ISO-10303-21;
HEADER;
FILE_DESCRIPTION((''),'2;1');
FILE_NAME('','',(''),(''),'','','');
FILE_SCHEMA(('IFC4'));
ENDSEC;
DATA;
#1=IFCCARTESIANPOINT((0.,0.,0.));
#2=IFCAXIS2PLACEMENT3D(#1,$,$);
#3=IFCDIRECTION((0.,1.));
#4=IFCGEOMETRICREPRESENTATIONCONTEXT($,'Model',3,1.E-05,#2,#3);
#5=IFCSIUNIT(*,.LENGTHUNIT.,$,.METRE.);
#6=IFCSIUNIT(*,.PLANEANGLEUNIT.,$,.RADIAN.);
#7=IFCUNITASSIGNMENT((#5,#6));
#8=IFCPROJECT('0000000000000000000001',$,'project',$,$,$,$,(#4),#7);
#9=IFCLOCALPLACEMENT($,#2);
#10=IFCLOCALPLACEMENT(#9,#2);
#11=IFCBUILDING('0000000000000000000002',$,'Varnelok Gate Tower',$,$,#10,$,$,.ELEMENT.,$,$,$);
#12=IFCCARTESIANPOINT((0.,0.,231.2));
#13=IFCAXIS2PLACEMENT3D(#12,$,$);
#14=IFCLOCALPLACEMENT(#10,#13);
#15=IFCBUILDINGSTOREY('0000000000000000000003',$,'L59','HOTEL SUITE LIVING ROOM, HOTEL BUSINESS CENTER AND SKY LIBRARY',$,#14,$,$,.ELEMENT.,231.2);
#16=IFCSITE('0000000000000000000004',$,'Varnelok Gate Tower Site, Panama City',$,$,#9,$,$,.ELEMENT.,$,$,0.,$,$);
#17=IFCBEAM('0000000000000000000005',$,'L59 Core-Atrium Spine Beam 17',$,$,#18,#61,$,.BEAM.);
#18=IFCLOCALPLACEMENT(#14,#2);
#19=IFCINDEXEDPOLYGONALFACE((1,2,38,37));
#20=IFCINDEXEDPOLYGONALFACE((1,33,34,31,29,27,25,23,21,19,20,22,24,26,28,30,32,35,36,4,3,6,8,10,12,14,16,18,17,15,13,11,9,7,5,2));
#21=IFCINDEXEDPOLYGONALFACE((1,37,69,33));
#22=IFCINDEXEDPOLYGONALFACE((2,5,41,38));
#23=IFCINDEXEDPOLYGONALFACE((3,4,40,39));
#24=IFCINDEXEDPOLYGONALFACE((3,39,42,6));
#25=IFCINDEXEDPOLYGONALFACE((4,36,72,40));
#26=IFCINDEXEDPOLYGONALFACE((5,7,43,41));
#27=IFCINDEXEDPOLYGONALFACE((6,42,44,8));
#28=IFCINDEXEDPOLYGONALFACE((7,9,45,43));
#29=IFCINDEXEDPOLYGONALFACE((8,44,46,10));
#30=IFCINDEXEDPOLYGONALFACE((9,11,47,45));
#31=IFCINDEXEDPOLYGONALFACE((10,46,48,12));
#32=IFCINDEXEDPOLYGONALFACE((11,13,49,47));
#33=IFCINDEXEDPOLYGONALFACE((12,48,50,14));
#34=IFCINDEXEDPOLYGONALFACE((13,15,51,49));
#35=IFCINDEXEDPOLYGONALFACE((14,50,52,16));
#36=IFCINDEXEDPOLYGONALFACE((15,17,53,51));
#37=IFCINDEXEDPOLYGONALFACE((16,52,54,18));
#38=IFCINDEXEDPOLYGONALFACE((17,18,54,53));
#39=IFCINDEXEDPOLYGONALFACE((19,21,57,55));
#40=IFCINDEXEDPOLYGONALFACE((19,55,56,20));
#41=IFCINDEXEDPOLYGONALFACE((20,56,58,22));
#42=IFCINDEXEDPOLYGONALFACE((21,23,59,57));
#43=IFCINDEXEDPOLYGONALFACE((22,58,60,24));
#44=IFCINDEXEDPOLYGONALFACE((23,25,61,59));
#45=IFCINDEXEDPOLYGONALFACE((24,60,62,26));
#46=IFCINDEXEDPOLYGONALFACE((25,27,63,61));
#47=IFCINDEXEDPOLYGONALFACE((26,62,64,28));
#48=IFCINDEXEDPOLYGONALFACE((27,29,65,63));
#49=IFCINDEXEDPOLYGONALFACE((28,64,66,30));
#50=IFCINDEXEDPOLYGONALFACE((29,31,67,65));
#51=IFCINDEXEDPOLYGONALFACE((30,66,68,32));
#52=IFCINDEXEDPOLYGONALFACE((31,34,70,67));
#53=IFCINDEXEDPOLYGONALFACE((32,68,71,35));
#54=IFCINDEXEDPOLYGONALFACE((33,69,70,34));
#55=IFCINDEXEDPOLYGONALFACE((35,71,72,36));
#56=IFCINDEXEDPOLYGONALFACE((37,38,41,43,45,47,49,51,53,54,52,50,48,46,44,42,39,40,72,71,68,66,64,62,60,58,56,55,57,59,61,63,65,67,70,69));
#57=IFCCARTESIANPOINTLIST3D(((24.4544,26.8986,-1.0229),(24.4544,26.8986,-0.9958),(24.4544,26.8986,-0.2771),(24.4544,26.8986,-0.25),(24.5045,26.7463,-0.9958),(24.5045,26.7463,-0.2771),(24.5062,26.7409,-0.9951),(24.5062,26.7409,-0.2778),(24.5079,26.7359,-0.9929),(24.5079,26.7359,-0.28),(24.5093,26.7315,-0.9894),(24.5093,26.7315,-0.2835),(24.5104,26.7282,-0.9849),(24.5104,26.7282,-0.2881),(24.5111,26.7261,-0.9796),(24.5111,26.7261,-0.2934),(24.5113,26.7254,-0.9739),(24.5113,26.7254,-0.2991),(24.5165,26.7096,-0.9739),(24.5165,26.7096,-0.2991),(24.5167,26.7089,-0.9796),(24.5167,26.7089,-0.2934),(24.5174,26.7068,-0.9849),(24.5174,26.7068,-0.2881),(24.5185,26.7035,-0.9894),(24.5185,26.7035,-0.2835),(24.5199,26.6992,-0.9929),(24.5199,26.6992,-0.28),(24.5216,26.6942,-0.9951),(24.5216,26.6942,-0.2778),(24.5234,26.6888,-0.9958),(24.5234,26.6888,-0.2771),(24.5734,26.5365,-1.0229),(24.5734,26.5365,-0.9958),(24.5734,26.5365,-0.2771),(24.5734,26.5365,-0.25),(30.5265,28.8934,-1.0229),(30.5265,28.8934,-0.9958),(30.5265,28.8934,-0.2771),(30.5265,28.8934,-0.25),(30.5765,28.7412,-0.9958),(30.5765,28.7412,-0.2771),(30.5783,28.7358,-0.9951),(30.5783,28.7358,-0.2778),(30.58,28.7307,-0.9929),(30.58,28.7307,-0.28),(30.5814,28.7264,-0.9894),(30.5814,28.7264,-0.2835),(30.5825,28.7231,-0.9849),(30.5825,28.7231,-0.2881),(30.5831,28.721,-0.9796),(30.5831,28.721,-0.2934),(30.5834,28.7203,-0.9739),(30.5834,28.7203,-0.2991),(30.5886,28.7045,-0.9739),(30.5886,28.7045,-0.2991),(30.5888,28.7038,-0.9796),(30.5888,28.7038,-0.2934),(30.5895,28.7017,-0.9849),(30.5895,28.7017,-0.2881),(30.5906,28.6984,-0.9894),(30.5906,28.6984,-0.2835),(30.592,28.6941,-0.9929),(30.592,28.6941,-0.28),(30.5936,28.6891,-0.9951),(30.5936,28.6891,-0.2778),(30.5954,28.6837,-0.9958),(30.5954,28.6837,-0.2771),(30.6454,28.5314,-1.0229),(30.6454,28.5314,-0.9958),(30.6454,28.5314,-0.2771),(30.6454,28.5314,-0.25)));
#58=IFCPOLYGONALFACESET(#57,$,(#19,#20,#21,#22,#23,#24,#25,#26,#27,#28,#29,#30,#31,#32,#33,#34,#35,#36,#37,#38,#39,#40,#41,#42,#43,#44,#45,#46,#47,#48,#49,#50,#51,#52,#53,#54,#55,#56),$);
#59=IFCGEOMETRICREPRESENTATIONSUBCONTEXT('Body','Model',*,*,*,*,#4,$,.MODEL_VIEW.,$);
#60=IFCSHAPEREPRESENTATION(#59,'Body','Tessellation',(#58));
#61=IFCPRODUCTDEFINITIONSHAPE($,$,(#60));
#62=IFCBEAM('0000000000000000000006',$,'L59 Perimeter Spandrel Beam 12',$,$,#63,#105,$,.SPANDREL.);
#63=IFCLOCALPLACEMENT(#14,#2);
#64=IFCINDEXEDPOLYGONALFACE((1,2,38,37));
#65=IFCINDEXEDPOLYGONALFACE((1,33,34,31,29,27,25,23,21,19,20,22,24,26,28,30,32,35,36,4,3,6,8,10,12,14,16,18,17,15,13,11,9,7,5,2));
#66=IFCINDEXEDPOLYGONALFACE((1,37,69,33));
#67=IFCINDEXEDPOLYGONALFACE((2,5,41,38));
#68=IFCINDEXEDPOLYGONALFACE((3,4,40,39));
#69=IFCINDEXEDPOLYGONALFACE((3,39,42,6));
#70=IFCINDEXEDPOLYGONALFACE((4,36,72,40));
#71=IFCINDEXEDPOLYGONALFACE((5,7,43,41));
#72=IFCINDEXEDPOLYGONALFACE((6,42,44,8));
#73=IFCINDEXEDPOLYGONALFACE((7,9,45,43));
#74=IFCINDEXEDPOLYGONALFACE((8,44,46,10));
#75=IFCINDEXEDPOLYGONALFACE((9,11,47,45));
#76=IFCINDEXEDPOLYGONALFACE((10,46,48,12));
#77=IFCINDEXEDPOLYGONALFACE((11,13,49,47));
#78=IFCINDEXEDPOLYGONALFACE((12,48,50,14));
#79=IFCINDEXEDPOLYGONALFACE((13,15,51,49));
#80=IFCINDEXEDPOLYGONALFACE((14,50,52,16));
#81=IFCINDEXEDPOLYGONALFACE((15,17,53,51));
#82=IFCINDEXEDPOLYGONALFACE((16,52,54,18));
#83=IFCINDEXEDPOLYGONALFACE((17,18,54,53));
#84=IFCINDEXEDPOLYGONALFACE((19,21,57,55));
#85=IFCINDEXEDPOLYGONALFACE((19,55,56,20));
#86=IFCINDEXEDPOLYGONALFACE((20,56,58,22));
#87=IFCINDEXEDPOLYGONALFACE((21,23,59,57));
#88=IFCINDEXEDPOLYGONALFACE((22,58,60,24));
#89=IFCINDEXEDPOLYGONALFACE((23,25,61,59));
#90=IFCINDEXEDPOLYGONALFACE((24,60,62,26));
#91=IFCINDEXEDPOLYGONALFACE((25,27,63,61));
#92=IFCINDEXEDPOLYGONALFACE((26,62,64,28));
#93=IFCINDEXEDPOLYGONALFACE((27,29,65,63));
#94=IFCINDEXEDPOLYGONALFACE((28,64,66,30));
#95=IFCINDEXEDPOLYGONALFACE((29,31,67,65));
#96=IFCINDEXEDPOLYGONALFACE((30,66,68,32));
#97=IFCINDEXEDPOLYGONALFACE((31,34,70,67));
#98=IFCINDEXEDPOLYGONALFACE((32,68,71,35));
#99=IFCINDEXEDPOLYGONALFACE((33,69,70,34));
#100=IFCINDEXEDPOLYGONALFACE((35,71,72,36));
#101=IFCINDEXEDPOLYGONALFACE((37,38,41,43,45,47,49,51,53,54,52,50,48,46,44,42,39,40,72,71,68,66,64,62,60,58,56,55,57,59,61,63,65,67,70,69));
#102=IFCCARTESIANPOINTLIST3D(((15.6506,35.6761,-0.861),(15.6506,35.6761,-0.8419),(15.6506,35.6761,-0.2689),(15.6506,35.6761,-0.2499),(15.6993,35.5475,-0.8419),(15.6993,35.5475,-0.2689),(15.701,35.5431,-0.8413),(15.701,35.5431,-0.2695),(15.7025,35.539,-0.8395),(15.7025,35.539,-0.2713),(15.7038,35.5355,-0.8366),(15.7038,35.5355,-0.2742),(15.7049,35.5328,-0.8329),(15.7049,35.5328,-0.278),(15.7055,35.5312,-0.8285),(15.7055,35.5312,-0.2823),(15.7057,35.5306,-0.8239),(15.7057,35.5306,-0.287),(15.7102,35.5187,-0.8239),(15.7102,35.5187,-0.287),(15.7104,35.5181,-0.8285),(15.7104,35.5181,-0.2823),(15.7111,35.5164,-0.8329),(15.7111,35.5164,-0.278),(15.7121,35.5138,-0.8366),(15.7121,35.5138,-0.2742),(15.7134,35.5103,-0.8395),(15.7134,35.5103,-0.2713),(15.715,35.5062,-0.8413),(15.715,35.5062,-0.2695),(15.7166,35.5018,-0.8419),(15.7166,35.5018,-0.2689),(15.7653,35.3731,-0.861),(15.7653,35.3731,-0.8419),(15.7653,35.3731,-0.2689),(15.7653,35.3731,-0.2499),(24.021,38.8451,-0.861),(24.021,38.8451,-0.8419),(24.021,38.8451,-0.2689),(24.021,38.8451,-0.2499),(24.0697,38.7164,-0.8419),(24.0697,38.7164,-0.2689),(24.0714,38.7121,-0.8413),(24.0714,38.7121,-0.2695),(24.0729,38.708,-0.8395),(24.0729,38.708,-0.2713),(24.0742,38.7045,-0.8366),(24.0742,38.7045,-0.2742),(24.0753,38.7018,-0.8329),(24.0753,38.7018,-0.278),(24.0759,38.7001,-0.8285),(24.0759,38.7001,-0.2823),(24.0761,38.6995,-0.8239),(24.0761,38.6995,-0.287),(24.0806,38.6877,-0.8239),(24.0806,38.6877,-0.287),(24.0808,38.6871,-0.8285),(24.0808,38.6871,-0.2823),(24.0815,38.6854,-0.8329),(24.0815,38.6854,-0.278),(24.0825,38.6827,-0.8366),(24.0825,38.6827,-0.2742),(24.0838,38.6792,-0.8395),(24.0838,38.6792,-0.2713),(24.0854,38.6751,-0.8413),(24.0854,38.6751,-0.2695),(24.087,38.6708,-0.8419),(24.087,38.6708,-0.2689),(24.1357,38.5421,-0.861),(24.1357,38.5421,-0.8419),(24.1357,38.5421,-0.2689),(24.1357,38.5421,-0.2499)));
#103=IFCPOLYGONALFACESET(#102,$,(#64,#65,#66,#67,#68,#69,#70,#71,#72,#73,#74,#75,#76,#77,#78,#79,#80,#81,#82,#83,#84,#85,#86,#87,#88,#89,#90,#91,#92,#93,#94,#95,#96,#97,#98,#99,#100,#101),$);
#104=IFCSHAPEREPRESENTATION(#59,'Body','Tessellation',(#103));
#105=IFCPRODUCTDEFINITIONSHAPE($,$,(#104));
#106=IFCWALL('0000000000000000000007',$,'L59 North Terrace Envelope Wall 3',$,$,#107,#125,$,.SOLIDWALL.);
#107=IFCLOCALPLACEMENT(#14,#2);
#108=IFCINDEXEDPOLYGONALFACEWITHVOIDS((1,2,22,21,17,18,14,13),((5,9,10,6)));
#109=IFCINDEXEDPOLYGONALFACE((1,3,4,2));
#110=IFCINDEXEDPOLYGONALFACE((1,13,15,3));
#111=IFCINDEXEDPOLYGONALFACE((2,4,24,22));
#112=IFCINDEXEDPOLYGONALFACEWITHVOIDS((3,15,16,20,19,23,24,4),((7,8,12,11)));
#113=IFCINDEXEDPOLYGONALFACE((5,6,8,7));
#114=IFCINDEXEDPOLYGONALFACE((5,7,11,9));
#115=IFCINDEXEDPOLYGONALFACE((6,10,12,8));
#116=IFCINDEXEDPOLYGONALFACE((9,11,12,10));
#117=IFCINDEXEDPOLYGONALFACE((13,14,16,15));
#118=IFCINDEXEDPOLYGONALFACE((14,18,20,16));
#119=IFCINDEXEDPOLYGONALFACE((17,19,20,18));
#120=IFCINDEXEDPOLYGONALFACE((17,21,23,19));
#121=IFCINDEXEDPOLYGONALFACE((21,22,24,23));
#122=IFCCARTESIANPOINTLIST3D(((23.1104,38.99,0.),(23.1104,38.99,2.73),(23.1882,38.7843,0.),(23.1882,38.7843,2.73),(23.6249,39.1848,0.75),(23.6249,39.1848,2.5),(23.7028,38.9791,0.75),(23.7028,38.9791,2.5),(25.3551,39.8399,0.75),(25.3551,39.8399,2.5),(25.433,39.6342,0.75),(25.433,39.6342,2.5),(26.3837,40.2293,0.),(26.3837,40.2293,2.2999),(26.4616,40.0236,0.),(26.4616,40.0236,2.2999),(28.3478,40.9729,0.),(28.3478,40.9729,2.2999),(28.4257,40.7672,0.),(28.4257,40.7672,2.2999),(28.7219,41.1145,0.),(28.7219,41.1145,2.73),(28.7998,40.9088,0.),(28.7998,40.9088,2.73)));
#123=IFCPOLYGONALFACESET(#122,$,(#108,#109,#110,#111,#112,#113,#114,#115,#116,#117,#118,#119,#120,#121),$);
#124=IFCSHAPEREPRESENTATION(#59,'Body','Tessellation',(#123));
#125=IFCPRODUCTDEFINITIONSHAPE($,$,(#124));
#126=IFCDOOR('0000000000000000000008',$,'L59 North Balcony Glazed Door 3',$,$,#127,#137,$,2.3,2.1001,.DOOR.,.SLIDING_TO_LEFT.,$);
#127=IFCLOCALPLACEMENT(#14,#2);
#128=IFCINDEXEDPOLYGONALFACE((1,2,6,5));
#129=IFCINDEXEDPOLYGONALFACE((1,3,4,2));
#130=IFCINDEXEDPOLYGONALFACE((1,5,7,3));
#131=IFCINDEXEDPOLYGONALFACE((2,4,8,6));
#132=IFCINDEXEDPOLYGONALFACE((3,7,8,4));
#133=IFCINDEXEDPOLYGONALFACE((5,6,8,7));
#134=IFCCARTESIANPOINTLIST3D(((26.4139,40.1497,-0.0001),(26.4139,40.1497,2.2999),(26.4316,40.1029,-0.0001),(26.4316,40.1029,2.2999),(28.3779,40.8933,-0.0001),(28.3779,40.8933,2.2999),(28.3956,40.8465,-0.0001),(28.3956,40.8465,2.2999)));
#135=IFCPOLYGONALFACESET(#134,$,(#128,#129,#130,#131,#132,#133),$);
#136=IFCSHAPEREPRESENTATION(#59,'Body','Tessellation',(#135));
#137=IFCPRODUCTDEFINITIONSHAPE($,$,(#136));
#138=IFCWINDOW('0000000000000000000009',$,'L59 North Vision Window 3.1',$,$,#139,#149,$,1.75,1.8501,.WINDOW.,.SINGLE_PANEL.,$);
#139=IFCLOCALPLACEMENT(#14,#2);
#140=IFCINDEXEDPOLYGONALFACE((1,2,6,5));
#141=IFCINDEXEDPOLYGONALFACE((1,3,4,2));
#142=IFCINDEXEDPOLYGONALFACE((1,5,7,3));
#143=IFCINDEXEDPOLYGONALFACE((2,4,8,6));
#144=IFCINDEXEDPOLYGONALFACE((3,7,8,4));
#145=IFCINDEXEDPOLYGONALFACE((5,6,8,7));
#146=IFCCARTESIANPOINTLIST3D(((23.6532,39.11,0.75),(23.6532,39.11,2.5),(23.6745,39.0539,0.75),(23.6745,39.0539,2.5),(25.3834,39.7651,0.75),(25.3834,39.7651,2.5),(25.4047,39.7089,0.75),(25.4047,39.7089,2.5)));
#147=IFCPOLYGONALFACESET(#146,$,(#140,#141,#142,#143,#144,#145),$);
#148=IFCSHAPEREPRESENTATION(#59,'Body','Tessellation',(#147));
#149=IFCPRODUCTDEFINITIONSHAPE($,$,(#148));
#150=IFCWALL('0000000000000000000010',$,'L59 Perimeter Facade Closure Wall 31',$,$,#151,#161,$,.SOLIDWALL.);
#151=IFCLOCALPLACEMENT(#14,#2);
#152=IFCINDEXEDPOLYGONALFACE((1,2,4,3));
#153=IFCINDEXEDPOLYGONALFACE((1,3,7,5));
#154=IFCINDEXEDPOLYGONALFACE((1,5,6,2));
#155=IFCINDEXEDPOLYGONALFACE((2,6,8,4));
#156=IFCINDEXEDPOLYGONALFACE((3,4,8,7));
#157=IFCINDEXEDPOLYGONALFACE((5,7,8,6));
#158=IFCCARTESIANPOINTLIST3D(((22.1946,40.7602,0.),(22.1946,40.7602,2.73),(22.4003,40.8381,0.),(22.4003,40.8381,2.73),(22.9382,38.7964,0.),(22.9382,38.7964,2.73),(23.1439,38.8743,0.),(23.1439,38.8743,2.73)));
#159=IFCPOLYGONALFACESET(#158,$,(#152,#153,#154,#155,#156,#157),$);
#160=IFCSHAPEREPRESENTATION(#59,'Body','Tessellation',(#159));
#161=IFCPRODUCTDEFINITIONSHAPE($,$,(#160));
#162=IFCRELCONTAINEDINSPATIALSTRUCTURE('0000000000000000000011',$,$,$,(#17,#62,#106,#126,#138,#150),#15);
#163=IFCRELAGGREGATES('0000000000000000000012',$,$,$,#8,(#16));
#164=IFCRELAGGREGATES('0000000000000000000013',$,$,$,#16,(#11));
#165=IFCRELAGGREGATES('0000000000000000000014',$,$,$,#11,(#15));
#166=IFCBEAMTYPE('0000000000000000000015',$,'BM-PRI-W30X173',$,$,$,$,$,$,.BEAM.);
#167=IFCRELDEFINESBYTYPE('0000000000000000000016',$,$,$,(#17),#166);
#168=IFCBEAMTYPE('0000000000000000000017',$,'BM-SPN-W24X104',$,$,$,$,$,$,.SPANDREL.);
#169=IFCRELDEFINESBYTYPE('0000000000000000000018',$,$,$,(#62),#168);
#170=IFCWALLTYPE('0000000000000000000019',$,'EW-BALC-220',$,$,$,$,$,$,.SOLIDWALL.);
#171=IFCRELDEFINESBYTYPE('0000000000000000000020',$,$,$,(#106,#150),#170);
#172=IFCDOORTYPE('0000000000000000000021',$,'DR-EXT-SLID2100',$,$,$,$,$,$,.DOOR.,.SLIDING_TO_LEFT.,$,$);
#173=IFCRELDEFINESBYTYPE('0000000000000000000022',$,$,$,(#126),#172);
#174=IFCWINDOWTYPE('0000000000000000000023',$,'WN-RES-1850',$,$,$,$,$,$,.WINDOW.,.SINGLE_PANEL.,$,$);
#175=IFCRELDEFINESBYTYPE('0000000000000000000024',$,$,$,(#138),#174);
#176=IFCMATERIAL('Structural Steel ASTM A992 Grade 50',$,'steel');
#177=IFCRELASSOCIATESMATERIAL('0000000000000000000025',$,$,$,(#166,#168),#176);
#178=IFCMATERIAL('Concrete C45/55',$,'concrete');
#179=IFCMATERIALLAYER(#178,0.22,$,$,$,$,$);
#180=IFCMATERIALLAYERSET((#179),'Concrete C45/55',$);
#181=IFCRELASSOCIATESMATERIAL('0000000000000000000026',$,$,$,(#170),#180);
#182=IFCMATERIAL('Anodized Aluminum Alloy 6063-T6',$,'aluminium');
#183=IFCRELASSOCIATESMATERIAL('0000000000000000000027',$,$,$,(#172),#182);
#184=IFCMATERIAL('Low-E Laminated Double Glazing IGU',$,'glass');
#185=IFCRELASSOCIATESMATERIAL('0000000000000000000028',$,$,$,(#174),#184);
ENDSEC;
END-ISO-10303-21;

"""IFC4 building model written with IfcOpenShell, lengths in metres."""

from ifc_helpers import new_model, si_unit, direction, frame, frame_2d, origin, origin_2d, place, context, subcontext, project, spatial, rectangle, i_section, extrude, material, layer, layer_set, material_profile, profile_set, type_object, element, fill, save


model = new_model("IFC4")

# Units and contexts
model_context = context("Model", 3, precision=1e-05, world=origin(), true_north=direction((0.0, 1.0)))
body_context = subcontext(model_context, "Body", "Model", "MODEL_VIEW")
ifc_project = project(units=[si_unit("LENGTHUNIT", "METRE"), si_unit("PLANEANGLEUNIT", "RADIAN")], contexts=[model_context])

# Site, building, storey
site_placement = place(None, origin())
site = spatial("IfcSite", under=ifc_project, at=site_placement, Name="Varnelok Gate Tower Site, Panama City", CompositionType="ELEMENT", RefElevation=0.0)
building_placement = place(site_placement, origin())
building = spatial("IfcBuilding", under=site, at=building_placement, Name="Varnelok Gate Tower", CompositionType="ELEMENT")
storey_placement = place(building_placement, frame((0.0, 0.0, 231.2)))
storey = spatial("IfcBuildingStorey", under=building, at=storey_placement, Name="L59", Description="HOTEL SUITE LIVING ROOM, HOTEL BUSINESS CENTER AND SKY LIBRARY", CompositionType="ELEMENT", Elevation=231.2)

# Shared definitions
ifc_material_1 = material(Name="Structural Steel ASTM A992 Grade 50", Category="steel")

# Beams
ifc_material_profile_1 = material_profile(ifc_material_1, i_section(OverallWidth=0.3811, OverallDepth=0.7729, WebThickness=0.0166, FlangeThickness=0.0271, FilletRadius=0.022, at=origin_2d()), Name="W30X173")
ifc_profile_set_1 = profile_set([ifc_material_profile_1], Name="Structural Steel ASTM A992 Grade 50")
beam_type_1 = type_object("IfcBeamType", Name="BM-PRI-W30X173", PredefinedType="BEAM", material=ifc_profile_set_1)
beam_1_placement = place(storey_placement, frame((24.5139, 26.7175, -0.6365), z_axis=(0.950042, 0.312122, 0.0), x_axis=(-0.312122, 0.950042, 0.0)))
element("IfcBeam", 1, at=beam_1_placement, inside=storey, type_object=beam_type_1, Name="L59 Core-Atrium Spine Beam 17", PredefinedType="BEAM", context=body_context, shape_type="SweptSolid", body=[
    extrude(i_section(OverallWidth=0.3811, OverallDepth=0.7729, WebThickness=0.0166, FlangeThickness=0.0271, FilletRadius=0.022, at=origin_2d()), origin(), (0.0, 0.0, 1.0), 6.3914),
])
ifc_material_profile_2 = material_profile(ifc_material_1, i_section(OverallWidth=0.324, OverallDepth=0.6111, WebThickness=0.0127, FlangeThickness=0.019, FilletRadius=0.0181, at=origin_2d()), Name="W24X104")
ifc_profile_set_2 = profile_set([ifc_material_profile_2], Name="Structural Steel ASTM A992 Grade 50")
beam_type_2 = type_object("IfcBeamType", Name="BM-SPN-W24X104", PredefinedType="SPANDREL", material=ifc_profile_set_2)
beam_2_placement = place(storey_placement, frame((24.0784, 38.6936, -0.5554), z_axis=(-0.93522, -0.354066, 0.0), x_axis=(0.354066, -0.93522, 0.0)))
element("IfcBeam", 2, at=beam_2_placement, inside=storey, type_object=beam_type_2, Name="L59 Perimeter Spandrel Beam 12", PredefinedType="SPANDREL", context=body_context, shape_type="SweptSolid", body=[
    extrude(i_section(OverallWidth=0.324, OverallDepth=0.6111, WebThickness=0.0127, FlangeThickness=0.019, FilletRadius=0.0181, at=origin_2d()), origin(), (0.0, 0.0, 1.0), 8.9502),
])

# Wall, openings, door, window
ifc_material_2 = material(Name="Concrete C45/55", Category="concrete")
ifc_layer_1 = layer(ifc_material_2, 0.22)
ifc_layer_set_1 = layer_set([ifc_layer_1], Name="Concrete C45/55")
wall_type_1 = type_object("IfcWallType", Name="EW-BALC-220", PredefinedType="SOLIDWALL", material=ifc_layer_set_1)
wall_1_placement = place(storey_placement, frame((23.1494, 38.8872, 0.0), z_axis=(0.0, 0.0, 1.0), x_axis=(0.935219, 0.354069, 0.0)))
wall_1 = element("IfcWall", 3, at=wall_1_placement, inside=storey, type_object=wall_type_1, Name="L59 North Terrace Envelope Wall 3", PredefinedType="SOLIDWALL", context=body_context, shape_type="SweptSolid", body=[
    extrude(rectangle(XDim=6.0002, YDim=0.22, at=frame_2d((3.0, 0.0))), origin(), (0.0, 0.0, 1.0), 2.73),
])
opening_1_placement = place(wall_1_placement, frame((3.5, 0.0, 0.0)))
opening_1 = element("IfcOpeningElement", 4, at=opening_1_placement, cuts=wall_1, PredefinedType="OPENING", context=body_context, shape_type="SweptSolid", body=[
    extrude(rectangle(XDim=2.1001, YDim=2.3, at=frame_2d((1.05, 1.1499))), frame((0.0, 0.1199, 0.0), z_axis=(0.0, -1.0, 0.0), x_axis=(1.0, 0.0, 0.0)), (0.0, 0.0, 1.0), 0.24),
])
opening_2_placement = place(wall_1_placement, frame((0.55, 0.0, 0.75)))
opening_2 = element("IfcOpeningElement", 5, at=opening_2_placement, cuts=wall_1, PredefinedType="OPENING", context=body_context, shape_type="SweptSolid", body=[
    extrude(rectangle(XDim=1.8501, YDim=1.75, at=frame_2d((0.925, 0.875))), frame((0.0, 0.1199, 0.0), z_axis=(0.0, -1.0, 0.0), x_axis=(1.0, 0.0, 0.0)), (0.0, 0.0, 1.0), 0.24),
])
ifc_material_3 = material(Name="Anodized Aluminum Alloy 6063-T6", Category="aluminium")
door_type_1 = type_object("IfcDoorType", Name="DR-EXT-SLID2100", OperationType="SLIDING_TO_LEFT", PredefinedType="DOOR", material=ifc_material_3)
door_1_placement = place(opening_1_placement, origin())
door_1 = element("IfcDoor", 6, at=door_1_placement, inside=storey, type_object=door_type_1, Name="L59 North Balcony Glazed Door 3", OperationType="SLIDING_TO_LEFT", OverallHeight=2.3, OverallWidth=2.1001, PredefinedType="DOOR", context=body_context, shape_type="SweptSolid", body=[
    extrude(rectangle(XDim=2.1001, YDim=2.3, at=frame_2d((1.05, 1.1499))), frame((0.0, 0.0249, 0.0), z_axis=(0.0, -1.0, 0.0), x_axis=(1.0, 0.0, 0.0)), (0.0, 0.0, 1.0), 0.05),
])
fill(opening_1, door_1)
ifc_material_4 = material(Name="Low-E Laminated Double Glazing IGU", Category="glass")
window_type_1 = type_object("IfcWindowType", Name="WN-RES-1850", PartitioningType="SINGLE_PANEL", PredefinedType="WINDOW", material=ifc_material_4)
window_1_placement = place(opening_2_placement, origin())
window_1 = element("IfcWindow", 7, at=window_1_placement, inside=storey, type_object=window_type_1, Name="L59 North Vision Window 3.1", OverallHeight=1.75, OverallWidth=1.8501, PartitioningType="SINGLE_PANEL", PredefinedType="WINDOW", context=body_context, shape_type="SweptSolid", body=[
    extrude(rectangle(XDim=1.8501, YDim=1.75, at=frame_2d((0.925, 0.875))), frame((0.0, 0.03, 0.0), z_axis=(0.0, -1.0, 0.0), x_axis=(1.0, 0.0, 0.0)), (0.0, 0.0, 1.0), 0.0601),
])
fill(opening_2, window_1)

# Wall
wall_2_placement = place(storey_placement, frame((23.041, 38.8354, 0.0), z_axis=(0.0, 0.0, 1.0), x_axis=(-0.354128, 0.935197, 0.0)))
element("IfcWall", 8, at=wall_2_placement, inside=storey, type_object=wall_type_1, Name="L59 Perimeter Facade Closure Wall 31", PredefinedType="SOLIDWALL", context=body_context, shape_type="SweptSolid", body=[
    extrude(rectangle(XDim=2.0999, YDim=0.22, at=frame_2d((1.0498, 0.0))), origin(), (0.0, 0.0, 1.0), 2.73),
])

save(model, "model.ifc")
